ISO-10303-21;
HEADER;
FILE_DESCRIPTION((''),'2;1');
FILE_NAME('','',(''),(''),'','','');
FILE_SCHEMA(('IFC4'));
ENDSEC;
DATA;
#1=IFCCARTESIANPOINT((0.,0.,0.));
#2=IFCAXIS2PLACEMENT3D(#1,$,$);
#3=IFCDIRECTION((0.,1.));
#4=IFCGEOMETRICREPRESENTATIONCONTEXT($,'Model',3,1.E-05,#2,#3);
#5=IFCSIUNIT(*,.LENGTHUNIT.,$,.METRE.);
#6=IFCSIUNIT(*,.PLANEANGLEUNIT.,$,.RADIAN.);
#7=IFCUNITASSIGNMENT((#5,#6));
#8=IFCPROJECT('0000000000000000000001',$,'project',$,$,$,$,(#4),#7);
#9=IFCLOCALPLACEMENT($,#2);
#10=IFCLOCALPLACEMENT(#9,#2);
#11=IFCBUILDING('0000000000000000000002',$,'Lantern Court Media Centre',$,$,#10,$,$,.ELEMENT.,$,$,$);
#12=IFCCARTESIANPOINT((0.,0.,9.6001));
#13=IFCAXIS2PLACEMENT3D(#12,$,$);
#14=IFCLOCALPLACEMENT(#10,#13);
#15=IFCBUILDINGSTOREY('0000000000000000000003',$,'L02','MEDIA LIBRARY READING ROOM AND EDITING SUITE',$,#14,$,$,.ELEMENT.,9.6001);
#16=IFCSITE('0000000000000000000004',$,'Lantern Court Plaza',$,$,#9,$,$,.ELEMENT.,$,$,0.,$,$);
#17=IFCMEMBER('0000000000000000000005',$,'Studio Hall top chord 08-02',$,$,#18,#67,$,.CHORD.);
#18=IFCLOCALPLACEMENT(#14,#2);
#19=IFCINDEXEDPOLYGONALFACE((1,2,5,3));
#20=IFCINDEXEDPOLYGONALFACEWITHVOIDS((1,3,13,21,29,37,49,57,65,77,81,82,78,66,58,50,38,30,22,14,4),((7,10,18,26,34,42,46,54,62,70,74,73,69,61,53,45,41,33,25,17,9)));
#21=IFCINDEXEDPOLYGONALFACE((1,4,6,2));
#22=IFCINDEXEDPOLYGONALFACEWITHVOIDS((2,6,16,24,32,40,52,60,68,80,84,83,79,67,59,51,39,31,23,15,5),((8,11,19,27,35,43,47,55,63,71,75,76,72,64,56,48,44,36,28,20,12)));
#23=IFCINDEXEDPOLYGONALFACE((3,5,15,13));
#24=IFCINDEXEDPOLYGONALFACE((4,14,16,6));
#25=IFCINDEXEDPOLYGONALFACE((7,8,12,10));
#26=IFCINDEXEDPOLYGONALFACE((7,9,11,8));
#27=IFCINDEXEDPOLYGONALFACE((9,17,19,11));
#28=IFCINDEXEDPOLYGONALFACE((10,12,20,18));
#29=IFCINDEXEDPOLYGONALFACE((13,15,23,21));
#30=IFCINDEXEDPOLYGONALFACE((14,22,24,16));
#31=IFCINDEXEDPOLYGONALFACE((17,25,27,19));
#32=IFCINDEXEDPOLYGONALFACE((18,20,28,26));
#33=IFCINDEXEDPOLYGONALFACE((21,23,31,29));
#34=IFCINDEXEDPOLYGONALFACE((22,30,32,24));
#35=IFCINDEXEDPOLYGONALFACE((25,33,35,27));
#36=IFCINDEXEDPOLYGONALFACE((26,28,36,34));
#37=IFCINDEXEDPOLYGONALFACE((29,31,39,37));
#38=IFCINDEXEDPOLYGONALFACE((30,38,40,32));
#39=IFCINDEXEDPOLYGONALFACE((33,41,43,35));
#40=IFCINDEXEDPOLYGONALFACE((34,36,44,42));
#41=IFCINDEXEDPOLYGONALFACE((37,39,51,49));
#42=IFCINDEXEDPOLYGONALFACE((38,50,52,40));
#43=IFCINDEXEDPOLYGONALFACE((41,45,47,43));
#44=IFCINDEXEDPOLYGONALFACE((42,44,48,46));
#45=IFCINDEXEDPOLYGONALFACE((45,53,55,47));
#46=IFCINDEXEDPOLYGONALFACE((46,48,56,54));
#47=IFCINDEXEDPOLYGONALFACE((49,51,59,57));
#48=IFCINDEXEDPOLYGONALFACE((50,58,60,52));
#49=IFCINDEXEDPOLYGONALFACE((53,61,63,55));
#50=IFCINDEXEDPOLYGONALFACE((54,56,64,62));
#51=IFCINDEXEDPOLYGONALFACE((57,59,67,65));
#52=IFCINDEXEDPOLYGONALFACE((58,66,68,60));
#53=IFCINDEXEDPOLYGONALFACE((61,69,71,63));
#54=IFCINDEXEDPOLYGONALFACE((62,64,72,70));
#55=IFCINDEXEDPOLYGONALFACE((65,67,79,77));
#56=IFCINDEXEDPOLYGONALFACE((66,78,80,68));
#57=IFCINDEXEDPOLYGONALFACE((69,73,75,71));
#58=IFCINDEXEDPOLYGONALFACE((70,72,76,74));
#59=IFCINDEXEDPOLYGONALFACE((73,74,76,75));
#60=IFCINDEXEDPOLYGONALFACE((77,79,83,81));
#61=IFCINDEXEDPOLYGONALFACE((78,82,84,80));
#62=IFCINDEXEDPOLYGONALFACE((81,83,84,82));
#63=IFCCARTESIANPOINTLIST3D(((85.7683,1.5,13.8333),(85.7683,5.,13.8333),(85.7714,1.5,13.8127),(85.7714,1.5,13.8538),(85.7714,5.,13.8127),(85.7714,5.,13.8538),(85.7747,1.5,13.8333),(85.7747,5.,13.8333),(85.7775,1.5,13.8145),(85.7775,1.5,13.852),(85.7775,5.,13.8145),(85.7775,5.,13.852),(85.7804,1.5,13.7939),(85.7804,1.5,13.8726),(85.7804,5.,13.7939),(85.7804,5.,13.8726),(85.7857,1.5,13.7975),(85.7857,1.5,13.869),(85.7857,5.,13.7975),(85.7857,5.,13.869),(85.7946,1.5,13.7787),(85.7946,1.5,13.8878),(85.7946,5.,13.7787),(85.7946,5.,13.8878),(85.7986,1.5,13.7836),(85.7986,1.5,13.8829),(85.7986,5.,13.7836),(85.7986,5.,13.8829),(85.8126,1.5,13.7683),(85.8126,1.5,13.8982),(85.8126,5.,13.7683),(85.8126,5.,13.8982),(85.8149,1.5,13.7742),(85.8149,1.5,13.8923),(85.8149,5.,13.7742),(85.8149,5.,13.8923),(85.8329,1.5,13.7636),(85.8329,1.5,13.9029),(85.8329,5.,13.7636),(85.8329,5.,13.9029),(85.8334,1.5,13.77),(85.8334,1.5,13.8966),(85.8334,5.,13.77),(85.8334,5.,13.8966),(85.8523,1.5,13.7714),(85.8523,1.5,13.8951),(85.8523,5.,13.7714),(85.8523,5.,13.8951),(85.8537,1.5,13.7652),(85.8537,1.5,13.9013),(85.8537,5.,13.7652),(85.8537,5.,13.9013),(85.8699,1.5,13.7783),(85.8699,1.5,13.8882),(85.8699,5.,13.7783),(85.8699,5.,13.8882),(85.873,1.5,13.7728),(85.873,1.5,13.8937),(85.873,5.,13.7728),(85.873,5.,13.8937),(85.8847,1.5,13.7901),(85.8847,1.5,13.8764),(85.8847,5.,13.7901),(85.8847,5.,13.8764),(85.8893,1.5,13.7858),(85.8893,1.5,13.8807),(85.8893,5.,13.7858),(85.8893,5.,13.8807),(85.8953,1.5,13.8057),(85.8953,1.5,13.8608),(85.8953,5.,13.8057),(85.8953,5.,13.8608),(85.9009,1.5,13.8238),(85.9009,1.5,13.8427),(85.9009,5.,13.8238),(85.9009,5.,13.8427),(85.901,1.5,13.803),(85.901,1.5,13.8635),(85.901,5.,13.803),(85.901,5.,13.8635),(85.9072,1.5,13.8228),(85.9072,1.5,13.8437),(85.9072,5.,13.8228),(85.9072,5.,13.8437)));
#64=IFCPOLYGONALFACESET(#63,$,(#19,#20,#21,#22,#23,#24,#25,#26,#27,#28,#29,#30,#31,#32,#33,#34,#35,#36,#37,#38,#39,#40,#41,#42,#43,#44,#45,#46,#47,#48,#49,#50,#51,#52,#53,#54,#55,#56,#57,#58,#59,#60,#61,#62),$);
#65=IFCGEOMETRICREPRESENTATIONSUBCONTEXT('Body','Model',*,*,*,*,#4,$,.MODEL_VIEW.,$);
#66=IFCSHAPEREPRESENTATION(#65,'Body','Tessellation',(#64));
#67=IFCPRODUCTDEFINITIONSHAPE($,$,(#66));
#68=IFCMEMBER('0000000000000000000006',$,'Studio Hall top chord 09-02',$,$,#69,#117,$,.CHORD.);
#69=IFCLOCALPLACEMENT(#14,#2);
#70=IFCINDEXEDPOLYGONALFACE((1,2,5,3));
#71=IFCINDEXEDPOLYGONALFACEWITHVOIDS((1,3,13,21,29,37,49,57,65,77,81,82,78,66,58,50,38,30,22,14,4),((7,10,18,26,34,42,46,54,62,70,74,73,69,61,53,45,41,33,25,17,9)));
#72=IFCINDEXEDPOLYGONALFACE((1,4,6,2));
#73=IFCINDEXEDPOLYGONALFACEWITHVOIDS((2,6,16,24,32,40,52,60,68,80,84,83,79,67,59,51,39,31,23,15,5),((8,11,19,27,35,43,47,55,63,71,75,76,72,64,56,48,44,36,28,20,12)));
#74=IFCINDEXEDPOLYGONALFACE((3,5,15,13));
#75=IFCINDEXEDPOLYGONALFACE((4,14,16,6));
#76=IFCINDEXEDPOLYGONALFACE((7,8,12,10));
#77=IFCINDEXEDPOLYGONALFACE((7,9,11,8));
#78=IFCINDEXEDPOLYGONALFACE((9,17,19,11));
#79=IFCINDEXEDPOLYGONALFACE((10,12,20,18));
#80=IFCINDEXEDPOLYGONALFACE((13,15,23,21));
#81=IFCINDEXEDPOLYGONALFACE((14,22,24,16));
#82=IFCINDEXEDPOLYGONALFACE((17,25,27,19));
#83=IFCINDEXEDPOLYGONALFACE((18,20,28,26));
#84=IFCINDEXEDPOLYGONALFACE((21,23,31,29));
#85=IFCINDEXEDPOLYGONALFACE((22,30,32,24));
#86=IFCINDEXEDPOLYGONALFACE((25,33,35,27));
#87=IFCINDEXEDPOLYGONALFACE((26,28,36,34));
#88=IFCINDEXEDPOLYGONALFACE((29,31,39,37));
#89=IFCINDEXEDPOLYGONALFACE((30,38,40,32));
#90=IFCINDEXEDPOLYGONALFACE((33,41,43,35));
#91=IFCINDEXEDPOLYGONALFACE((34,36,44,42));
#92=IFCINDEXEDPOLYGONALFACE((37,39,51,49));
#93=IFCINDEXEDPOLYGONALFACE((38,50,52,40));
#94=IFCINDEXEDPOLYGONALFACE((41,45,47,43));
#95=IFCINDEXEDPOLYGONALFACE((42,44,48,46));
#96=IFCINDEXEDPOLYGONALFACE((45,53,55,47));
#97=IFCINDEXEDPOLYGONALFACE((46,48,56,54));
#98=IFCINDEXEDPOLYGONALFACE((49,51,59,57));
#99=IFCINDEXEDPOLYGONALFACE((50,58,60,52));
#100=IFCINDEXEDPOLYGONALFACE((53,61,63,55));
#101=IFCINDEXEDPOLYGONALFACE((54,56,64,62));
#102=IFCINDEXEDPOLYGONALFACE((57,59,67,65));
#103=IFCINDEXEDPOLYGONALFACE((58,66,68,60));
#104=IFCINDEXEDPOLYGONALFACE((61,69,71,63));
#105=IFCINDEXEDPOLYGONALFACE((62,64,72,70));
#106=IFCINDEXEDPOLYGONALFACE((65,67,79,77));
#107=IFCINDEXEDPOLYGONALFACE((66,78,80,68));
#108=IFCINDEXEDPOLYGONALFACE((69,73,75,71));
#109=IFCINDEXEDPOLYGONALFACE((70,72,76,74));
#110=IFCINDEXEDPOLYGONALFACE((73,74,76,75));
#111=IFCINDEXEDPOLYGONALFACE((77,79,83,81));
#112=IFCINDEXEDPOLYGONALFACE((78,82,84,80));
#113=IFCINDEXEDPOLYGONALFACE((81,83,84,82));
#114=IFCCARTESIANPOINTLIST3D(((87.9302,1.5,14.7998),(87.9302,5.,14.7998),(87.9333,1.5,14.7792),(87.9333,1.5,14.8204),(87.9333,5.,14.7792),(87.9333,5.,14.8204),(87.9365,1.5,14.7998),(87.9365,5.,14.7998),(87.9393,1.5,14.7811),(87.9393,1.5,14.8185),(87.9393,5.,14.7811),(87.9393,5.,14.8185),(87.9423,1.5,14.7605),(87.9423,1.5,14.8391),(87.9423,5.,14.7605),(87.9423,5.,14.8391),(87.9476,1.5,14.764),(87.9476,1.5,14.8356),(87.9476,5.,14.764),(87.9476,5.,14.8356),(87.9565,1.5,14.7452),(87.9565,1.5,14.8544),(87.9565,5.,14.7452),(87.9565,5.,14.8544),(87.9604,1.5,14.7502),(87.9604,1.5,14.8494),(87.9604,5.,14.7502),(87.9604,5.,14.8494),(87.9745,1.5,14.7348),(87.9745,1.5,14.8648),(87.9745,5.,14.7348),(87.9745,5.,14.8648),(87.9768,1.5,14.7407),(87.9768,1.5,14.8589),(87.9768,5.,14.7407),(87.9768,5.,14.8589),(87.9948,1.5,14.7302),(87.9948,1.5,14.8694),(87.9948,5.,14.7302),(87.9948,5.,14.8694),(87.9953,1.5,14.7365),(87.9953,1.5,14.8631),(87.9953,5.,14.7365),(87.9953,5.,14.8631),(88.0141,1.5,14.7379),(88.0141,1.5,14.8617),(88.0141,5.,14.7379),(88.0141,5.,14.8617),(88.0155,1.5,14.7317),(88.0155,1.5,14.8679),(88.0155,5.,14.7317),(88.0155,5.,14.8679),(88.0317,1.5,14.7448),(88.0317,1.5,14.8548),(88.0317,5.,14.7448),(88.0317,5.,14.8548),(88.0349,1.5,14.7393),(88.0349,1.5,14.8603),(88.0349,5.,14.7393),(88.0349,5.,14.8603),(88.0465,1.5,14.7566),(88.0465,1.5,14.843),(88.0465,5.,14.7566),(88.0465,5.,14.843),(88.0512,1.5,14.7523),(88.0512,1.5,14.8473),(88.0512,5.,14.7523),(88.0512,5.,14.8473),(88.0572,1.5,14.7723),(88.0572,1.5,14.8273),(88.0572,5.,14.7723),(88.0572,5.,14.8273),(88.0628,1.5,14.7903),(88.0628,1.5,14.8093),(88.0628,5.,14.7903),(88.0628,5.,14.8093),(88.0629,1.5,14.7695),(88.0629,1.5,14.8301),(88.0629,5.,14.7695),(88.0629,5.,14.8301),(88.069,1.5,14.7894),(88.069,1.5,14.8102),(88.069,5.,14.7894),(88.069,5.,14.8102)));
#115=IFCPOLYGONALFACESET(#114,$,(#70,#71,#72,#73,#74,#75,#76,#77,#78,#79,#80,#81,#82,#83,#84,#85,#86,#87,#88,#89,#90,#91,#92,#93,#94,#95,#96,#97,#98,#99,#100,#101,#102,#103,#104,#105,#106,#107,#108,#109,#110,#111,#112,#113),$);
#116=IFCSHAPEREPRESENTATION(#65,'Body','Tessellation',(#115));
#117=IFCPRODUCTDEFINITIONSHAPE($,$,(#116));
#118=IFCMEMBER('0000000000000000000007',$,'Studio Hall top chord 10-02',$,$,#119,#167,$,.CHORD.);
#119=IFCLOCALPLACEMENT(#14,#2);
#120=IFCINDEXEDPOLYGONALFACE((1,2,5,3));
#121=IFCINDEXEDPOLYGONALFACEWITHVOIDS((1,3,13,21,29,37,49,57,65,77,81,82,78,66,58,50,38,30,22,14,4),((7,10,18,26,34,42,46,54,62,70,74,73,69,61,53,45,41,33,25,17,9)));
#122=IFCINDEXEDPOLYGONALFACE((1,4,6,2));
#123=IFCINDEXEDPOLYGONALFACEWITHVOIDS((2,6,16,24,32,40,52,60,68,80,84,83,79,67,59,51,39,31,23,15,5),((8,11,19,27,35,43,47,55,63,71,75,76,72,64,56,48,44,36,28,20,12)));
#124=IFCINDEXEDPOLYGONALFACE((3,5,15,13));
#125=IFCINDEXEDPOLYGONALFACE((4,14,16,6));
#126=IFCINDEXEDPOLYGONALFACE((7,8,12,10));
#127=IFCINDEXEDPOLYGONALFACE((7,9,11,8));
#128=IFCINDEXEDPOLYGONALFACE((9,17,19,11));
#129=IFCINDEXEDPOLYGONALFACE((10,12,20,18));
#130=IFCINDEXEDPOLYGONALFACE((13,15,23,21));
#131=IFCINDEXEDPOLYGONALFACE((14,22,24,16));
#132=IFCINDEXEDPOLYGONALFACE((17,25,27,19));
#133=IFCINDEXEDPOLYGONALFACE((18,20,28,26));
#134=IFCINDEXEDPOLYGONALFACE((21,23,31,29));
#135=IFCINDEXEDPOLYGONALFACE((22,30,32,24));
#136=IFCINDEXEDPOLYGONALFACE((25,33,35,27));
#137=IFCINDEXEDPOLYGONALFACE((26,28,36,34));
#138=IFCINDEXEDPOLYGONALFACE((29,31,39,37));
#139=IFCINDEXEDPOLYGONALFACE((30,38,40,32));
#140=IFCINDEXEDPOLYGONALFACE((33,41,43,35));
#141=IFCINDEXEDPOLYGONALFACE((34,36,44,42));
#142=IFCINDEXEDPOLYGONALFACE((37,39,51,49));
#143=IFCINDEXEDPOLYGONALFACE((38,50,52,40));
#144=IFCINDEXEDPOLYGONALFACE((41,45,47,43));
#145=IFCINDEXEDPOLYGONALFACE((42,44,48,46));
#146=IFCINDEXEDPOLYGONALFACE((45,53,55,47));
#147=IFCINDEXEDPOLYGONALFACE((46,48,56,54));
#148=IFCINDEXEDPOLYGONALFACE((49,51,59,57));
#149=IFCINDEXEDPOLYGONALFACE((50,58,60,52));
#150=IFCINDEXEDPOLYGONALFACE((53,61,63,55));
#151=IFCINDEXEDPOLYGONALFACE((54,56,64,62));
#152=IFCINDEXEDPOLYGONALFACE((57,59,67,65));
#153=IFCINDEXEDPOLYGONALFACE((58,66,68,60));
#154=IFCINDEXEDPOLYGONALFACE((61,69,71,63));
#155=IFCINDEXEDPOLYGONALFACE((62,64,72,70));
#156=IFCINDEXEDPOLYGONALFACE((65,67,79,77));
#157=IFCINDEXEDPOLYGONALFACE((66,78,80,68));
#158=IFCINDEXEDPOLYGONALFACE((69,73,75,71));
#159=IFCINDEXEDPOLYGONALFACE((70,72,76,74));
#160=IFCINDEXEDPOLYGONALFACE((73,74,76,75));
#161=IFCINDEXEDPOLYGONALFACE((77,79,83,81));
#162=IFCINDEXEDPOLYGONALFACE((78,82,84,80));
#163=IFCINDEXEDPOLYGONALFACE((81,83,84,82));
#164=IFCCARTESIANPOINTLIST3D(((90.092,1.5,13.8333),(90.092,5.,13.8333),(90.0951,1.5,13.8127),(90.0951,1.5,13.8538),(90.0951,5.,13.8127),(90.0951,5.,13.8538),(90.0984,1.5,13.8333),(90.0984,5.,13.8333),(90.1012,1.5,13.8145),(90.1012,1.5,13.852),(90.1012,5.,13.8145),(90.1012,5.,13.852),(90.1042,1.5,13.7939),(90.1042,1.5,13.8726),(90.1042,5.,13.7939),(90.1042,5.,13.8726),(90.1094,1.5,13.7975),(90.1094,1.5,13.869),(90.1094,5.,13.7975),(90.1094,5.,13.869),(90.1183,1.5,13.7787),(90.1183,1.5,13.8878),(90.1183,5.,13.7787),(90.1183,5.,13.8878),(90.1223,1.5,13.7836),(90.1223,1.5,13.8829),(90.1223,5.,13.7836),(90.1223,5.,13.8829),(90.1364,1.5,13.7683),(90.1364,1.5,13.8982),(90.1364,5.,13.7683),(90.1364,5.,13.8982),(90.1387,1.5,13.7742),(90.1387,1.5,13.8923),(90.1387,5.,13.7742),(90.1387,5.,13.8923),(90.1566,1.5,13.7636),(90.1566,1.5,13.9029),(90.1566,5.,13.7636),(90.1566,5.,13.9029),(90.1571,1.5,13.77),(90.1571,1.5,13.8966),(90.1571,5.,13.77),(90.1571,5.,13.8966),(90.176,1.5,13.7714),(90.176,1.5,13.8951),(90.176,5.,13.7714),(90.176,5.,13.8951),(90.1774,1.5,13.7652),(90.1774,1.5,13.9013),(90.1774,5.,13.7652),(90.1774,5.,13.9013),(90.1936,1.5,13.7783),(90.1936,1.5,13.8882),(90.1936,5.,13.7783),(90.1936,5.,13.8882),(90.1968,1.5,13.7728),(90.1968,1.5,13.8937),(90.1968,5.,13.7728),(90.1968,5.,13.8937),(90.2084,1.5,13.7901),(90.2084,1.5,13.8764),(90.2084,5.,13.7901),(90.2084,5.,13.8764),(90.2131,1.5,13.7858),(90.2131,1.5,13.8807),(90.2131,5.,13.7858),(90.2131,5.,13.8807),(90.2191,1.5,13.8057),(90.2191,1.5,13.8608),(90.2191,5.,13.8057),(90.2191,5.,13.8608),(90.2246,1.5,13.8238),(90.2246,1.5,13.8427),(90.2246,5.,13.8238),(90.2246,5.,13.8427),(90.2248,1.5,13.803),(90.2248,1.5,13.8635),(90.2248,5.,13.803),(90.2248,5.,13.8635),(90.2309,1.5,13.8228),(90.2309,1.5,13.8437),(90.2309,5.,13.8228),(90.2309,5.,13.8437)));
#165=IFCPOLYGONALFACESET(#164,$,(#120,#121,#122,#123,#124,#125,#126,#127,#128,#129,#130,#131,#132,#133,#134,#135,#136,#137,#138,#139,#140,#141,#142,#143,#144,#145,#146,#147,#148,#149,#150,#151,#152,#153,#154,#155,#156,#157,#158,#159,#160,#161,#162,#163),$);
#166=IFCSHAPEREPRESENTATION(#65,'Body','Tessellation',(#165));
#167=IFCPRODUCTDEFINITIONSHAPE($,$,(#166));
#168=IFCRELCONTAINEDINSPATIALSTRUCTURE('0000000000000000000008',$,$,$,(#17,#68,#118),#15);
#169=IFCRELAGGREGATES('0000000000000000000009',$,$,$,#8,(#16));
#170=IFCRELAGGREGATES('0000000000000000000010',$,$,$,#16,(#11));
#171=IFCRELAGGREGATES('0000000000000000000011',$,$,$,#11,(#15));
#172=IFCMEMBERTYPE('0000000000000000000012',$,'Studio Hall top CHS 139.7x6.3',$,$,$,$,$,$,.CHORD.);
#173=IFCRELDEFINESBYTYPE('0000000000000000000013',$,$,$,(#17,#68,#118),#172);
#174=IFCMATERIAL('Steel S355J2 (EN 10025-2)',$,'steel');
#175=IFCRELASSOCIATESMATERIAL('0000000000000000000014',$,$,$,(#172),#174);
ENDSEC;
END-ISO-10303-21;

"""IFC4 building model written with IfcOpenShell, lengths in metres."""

from ifc_helpers import new_model, si_unit, direction, frame, origin, origin_2d, place, context, subcontext, project, spatial, hollow_circle, extrude, material, material_profile, profile_set, type_object, element, save


model = new_model("IFC4")

# Units and contexts
model_context = context("Model", 3, precision=1e-05, world=origin(), true_north=direction((0.0, 1.0)))
body_context = subcontext(model_context, "Body", "Model", "MODEL_VIEW")
ifc_project = project(units=[si_unit("LENGTHUNIT", "METRE"), si_unit("PLANEANGLEUNIT", "RADIAN")], contexts=[model_context])

# Site, building, storey
site_placement = place(None, origin())
site = spatial("IfcSite", under=ifc_project, at=site_placement, Name="Lantern Court Plaza", CompositionType="ELEMENT", RefElevation=0.0)
building_placement = place(site_placement, origin())
building = spatial("IfcBuilding", under=site, at=building_placement, Name="Lantern Court Media Centre", CompositionType="ELEMENT")
storey_placement = place(building_placement, frame((0.0, 0.0, 9.6001)))
storey = spatial("IfcBuildingStorey", under=building, at=storey_placement, Name="L02", Description="MEDIA LIBRARY READING ROOM AND EDITING SUITE", CompositionType="ELEMENT", Elevation=9.6001)

# Members
ifc_material = material(Name="Steel S355J2 (EN 10025-2)", Category="steel")
ifc_material_profile_1 = material_profile(ifc_material, hollow_circle(Radius=0.0698, WallThickness=0.0063, at=origin_2d()), Name="Studio Hall top CHS 139.7x6.3")
ifc_profile_set_1 = profile_set([ifc_material_profile_1], Name="Steel S355J2 (EN 10025-2)")
member_type_1 = type_object("IfcMemberType", Name="Studio Hall top CHS 139.7x6.3", PredefinedType="CHORD", material=ifc_profile_set_1)
for number, where, z_axis, x_axis, name in (
    (1, (85.8381, 1.5, 13.8333), (0.0, 1.0, 0.0), (-1.0, 0.0, 0.0), "Studio Hall top chord 08-02"),
    (2, (88.0, 1.5, 14.7998), (0.0, 1.0, 0.0), (-1.0, 0.0, 0.0), "Studio Hall top chord 09-02"),
    (3, (90.1619, 1.5, 13.8333), (0.0, 1.0, 0.0), (-1.0, 0.0, 0.0), "Studio Hall top chord 10-02"),
):
    element("IfcMember", number, at=place(storey_placement, frame(where, z_axis=z_axis, x_axis=x_axis)), inside=storey, type_object=member_type_1, Name=name, PredefinedType="CHORD", context=body_context, shape_type="SweptSolid", body=[
        extrude(hollow_circle(Radius=0.0698, WallThickness=0.0063, at=origin_2d()), origin(), (0.0, 0.0, 1.0), 3.5),
    ])

save(model, "model.ifc")
